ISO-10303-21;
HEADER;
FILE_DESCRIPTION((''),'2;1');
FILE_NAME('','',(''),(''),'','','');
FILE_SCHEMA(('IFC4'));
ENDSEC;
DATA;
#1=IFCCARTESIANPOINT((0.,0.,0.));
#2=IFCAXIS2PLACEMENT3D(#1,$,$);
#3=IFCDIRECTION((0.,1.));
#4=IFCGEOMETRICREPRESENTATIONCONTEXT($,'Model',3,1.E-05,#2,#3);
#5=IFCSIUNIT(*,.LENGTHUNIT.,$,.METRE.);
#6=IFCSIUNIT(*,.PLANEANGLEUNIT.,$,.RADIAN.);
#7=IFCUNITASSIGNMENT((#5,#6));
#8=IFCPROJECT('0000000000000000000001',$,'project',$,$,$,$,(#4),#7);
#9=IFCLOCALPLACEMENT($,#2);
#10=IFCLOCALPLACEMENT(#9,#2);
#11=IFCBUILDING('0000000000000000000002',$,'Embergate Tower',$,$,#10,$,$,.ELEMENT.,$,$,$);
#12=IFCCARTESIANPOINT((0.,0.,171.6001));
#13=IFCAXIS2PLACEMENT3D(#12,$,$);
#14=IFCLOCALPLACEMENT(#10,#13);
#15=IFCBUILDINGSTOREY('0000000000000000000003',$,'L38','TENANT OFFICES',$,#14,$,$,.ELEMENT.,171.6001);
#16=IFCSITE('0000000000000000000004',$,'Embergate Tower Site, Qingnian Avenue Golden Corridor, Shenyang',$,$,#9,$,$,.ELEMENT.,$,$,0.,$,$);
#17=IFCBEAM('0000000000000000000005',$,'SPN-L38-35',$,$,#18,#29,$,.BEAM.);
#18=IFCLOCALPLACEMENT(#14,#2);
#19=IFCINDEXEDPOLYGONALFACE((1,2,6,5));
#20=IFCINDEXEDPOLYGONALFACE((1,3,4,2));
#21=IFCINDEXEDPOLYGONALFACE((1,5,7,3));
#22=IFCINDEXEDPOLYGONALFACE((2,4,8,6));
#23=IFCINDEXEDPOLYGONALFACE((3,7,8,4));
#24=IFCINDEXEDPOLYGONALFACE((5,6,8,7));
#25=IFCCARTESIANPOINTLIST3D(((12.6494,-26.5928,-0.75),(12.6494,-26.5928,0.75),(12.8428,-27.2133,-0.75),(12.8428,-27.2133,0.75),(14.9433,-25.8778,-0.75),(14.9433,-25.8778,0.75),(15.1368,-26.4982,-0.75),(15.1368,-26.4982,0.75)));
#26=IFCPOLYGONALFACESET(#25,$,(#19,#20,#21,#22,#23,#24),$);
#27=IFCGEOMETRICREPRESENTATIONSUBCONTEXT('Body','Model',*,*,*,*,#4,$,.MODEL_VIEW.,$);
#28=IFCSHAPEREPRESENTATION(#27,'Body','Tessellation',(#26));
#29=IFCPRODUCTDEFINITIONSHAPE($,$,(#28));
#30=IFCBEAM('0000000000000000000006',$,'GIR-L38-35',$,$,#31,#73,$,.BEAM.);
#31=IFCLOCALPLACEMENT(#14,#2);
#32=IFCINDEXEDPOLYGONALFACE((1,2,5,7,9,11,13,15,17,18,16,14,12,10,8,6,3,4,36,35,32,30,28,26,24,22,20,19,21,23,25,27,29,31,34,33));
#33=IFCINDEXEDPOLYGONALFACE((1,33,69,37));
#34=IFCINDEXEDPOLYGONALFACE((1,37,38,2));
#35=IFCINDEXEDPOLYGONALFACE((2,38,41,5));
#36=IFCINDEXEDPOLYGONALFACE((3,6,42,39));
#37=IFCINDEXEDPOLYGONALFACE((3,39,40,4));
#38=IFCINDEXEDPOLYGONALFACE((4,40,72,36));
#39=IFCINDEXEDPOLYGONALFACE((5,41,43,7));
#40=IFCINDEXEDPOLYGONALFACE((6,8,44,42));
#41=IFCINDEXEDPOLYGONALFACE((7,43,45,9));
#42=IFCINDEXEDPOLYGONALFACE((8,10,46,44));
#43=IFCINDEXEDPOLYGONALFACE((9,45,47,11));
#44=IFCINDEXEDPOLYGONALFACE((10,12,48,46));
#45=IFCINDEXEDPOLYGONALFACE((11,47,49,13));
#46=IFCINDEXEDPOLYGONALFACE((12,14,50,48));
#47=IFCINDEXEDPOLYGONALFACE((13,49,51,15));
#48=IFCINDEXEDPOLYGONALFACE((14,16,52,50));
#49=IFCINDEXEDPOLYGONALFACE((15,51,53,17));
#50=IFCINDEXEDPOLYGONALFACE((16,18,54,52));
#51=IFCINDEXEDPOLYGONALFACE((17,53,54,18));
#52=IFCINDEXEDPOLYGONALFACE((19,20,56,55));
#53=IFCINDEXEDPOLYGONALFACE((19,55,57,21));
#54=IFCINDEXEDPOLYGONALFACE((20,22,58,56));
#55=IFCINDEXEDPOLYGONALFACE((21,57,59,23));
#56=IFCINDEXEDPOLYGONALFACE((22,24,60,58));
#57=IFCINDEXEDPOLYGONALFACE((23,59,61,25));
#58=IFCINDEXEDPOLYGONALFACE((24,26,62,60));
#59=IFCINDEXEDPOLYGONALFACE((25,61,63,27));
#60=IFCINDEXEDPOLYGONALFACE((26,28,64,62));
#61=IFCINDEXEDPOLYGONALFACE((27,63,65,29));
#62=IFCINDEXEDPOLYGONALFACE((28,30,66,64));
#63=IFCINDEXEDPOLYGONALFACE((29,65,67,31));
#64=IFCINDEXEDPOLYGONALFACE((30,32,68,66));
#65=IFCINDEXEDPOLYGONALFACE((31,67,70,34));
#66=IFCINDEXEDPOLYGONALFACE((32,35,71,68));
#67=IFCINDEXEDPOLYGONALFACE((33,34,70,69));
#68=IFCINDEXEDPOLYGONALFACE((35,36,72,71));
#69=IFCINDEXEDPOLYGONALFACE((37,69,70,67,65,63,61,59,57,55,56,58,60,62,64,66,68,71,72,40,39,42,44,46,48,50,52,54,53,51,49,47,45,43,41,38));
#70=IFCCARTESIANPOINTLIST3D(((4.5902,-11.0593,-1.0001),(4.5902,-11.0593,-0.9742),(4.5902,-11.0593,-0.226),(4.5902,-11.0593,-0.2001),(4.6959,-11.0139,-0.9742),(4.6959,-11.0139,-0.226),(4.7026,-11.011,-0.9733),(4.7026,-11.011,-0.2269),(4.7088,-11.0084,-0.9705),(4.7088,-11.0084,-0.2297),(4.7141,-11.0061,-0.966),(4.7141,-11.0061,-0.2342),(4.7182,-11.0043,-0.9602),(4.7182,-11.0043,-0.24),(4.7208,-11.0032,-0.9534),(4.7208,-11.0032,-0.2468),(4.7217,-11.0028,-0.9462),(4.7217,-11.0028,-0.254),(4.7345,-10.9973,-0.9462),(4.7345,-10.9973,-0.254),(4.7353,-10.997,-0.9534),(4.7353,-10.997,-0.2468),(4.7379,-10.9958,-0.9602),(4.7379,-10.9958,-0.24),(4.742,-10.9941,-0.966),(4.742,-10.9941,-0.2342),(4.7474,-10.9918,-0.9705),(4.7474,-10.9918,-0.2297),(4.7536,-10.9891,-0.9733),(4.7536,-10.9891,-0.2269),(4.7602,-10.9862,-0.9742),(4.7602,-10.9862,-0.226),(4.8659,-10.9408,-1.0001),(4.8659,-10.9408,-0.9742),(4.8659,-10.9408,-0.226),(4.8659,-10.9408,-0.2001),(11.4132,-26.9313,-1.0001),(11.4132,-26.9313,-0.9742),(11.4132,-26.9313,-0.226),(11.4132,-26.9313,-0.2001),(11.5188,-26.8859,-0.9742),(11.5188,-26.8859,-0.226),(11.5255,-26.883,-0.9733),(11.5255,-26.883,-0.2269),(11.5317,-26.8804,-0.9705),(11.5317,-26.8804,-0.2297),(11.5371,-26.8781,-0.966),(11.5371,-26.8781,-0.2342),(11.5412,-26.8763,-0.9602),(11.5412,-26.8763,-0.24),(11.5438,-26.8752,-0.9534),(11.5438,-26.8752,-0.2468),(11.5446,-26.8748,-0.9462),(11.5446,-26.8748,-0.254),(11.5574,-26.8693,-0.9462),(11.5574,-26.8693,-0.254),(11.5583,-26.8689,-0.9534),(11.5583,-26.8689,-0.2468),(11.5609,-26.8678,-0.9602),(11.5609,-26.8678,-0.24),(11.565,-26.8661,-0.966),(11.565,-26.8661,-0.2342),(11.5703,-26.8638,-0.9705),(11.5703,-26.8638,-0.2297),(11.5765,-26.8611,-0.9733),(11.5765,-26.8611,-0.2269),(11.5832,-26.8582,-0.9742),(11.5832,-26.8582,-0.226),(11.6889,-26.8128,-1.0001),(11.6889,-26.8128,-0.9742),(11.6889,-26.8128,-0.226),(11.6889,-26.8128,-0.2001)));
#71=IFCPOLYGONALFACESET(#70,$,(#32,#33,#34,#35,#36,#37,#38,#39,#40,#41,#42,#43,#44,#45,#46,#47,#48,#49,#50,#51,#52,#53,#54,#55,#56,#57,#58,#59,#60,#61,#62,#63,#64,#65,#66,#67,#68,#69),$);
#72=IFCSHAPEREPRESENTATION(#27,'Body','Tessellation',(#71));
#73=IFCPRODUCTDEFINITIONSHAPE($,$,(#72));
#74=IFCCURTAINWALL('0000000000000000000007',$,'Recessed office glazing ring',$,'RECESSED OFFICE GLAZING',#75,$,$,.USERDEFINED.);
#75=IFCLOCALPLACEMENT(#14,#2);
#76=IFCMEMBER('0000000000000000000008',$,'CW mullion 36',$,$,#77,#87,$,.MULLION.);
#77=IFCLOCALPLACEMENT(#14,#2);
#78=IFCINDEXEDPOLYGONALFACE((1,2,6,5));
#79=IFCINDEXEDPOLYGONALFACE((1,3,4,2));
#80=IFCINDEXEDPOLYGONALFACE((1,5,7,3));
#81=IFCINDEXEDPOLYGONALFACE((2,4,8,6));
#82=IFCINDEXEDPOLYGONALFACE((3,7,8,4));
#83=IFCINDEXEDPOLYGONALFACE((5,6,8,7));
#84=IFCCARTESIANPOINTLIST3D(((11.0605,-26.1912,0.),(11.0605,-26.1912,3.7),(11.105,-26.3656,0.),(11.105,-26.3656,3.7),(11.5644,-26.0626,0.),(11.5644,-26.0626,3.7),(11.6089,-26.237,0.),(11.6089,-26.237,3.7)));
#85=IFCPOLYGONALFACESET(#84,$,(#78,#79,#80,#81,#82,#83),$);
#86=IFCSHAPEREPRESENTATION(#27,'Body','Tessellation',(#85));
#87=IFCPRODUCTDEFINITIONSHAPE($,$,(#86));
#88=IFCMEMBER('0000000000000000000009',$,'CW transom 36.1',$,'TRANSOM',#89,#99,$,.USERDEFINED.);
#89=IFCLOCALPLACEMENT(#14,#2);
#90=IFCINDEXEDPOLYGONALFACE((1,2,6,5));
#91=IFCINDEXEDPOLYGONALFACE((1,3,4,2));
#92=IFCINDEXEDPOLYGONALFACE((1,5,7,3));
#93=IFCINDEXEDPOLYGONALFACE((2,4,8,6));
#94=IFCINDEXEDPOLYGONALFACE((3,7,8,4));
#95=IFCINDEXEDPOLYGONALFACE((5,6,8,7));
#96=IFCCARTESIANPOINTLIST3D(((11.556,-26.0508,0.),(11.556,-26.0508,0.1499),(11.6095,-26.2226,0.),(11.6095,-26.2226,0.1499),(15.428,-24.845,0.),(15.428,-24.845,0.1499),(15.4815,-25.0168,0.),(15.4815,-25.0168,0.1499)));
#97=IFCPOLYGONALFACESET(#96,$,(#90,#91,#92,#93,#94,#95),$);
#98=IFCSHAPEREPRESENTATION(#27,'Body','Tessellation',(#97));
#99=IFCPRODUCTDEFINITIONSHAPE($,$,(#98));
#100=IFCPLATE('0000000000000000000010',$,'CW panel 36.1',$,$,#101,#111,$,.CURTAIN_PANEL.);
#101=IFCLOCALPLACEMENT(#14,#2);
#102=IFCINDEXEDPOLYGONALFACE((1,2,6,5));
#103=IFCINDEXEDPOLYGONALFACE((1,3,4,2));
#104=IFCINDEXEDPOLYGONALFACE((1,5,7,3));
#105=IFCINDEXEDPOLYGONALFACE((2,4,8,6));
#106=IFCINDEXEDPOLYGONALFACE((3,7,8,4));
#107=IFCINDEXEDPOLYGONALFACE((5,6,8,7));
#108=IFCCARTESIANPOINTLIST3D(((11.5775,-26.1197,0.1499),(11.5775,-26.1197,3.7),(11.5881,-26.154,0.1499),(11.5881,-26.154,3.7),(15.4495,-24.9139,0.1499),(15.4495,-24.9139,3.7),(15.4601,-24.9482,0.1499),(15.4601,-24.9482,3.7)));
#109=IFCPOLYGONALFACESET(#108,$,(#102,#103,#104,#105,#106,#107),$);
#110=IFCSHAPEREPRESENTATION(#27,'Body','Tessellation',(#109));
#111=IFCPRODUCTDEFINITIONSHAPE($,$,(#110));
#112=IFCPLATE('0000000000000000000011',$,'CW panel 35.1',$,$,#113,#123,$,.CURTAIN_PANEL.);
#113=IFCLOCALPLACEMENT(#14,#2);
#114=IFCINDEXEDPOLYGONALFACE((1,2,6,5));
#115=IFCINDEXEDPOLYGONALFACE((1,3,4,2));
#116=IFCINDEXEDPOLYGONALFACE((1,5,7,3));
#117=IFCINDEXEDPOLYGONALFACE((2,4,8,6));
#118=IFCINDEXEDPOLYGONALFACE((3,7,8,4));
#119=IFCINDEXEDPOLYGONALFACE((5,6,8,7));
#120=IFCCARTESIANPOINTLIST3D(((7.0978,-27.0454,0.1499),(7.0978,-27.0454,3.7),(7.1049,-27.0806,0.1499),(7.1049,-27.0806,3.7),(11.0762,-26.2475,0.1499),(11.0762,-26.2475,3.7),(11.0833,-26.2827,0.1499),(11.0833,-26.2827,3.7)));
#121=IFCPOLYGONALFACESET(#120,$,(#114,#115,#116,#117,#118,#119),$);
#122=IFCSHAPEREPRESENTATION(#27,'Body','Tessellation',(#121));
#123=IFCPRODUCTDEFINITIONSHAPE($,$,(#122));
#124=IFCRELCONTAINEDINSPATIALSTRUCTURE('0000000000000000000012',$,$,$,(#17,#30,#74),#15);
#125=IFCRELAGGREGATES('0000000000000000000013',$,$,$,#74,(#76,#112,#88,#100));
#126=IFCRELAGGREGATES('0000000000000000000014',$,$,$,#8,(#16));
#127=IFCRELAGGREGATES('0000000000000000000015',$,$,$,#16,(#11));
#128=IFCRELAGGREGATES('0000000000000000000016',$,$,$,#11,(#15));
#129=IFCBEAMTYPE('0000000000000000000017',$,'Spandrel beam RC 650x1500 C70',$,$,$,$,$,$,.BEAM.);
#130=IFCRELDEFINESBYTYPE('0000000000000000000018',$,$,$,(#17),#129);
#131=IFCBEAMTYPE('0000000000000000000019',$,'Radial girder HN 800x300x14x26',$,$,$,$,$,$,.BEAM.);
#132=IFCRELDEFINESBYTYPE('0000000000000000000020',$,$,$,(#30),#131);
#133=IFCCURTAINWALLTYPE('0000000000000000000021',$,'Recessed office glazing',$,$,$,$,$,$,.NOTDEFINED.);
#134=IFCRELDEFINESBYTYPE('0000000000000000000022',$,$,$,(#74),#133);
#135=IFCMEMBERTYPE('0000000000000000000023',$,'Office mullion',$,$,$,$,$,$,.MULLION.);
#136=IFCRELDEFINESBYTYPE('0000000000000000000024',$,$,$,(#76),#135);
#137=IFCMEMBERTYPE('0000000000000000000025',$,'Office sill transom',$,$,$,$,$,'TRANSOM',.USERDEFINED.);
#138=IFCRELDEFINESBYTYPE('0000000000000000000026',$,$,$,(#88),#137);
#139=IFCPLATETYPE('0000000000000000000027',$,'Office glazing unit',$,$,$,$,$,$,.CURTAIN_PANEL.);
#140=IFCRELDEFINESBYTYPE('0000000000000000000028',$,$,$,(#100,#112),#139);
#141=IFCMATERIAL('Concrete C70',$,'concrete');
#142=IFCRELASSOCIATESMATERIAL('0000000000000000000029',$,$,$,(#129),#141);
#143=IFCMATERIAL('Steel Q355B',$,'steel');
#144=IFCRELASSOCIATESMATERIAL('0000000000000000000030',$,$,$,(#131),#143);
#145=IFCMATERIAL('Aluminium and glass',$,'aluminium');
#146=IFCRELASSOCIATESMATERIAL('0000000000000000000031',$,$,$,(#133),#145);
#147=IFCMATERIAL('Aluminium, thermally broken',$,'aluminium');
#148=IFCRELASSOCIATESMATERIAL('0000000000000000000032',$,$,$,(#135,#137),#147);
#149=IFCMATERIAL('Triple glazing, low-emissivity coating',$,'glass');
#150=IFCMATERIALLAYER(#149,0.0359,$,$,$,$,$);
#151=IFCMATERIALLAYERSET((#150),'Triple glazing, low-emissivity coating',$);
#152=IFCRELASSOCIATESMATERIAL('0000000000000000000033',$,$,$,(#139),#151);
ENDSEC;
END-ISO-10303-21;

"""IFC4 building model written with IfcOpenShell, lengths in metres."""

from ifc_helpers import new_model, si_unit, direction, frame, origin, origin_2d, place, context, subcontext, project, spatial, rectangle, i_section, extrude, source, transform, mapped, material, layer, layer_set, material_profile, profile_set, type_object, element, aggregate, save


model = new_model("IFC4")

# Units and contexts
model_context = context("Model", 3, precision=1e-05, world=origin(), true_north=direction((0.0, 1.0)))
body_context = subcontext(model_context, "Body", "Model", "MODEL_VIEW")
ifc_project = project(units=[si_unit("LENGTHUNIT", "METRE"), si_unit("PLANEANGLEUNIT", "RADIAN")], contexts=[model_context])

# Site, building, storey
site_placement = place(None, origin())
site = spatial("IfcSite", under=ifc_project, at=site_placement, Name="Embergate Tower Site, Qingnian Avenue Golden Corridor, Shenyang", CompositionType="ELEMENT", RefElevation=0.0)
building_placement = place(site_placement, origin())
building = spatial("IfcBuilding", under=site, at=building_placement, Name="Embergate Tower", CompositionType="ELEMENT")
storey_placement = place(building_placement, frame((0.0, 0.0, 171.6001)))
storey = spatial("IfcBuildingStorey", under=building, at=storey_placement, Name="L38", Description="TENANT OFFICES", CompositionType="ELEMENT", Elevation=171.6001)

# Beams
ifc_material_1 = material(Name="Concrete C70", Category="concrete")
ifc_material_profile_1 = material_profile(ifc_material_1, rectangle(XDim=0.6499, YDim=1.5, at=origin_2d()), Name="RC 650x1500")
ifc_profile_set_1 = profile_set([ifc_material_profile_1], Name="Concrete C70")
beam_type_1 = type_object("IfcBeamType", Name="Spandrel beam RC 650x1500 C70", PredefinedType="BEAM", material=ifc_profile_set_1)
shared_shape_1 = source(origin(), body_context, "Body", "SweptSolid", [
    extrude(rectangle(XDim=0.6499, YDim=1.5, at=origin_2d()), origin(), (0.0, 0.0, 1.0), 2.4028),
])
beam_1_placement = place(storey_placement, frame((12.7461, -26.9031, 0.0), z_axis=(0.954689, 0.297604, 0.0), x_axis=(-0.297604, 0.954689, 0.0)))
element("IfcBeam", 1, at=beam_1_placement, inside=storey, type_object=beam_type_1, Name="SPN-L38-35", PredefinedType="BEAM", context=body_context, shape_type="MappedRepresentation", body=[
    mapped(shared_shape_1, transform((0.0, 0.0, 0.0))),
])
ifc_material_2 = material(Name="Steel Q355B", Category="steel")
ifc_material_profile_2 = material_profile(ifc_material_2, i_section(OverallWidth=0.3, OverallDepth=0.8, WebThickness=0.0139, FlangeThickness=0.0259, FilletRadius=0.0281, at=origin_2d()), Name="HN 800x300x14x26")
ifc_profile_set_2 = profile_set([ifc_material_profile_2], Name="Steel Q355 grade B")
beam_type_2 = type_object("IfcBeamType", Name="Radial girder HN 800x300x14x26", PredefinedType="BEAM", material=ifc_profile_set_2)
shared_shape_2 = source(origin(), body_context, "Body", "SweptSolid", [
    extrude(i_section(OverallWidth=0.3, OverallDepth=0.8, WebThickness=0.0139, FlangeThickness=0.0259, FilletRadius=0.0281, at=origin_2d()), origin(), (0.0, 0.0, 1.0), 17.2764),
])
beam_2_placement = place(storey_placement, frame((11.551, -26.8721, -0.6001), z_axis=(-0.39493, 0.918711, 0.0), x_axis=(-0.918711, -0.39493, 0.0)))
element("IfcBeam", 2, at=beam_2_placement, inside=storey, type_object=beam_type_2, Name="GIR-L38-35", PredefinedType="BEAM", context=body_context, shape_type="MappedRepresentation", body=[
    mapped(shared_shape_2, transform((0.0, 0.0, 0.0))),
])

# Curtain wall, members, plates
ifc_material_3 = material(Name="Aluminium and glass", Category="aluminium")
curtain_wall_type = type_object("IfcCurtainWallType", Name="Recessed office glazing", PredefinedType="NOTDEFINED", material=ifc_material_3)
curtain_wall_placement = place(storey_placement, origin())
curtain_wall = element("IfcCurtainWall", 3, at=curtain_wall_placement, inside=storey, type_object=curtain_wall_type, Name="Recessed office glazing ring", ObjectType="RECESSED OFFICE GLAZING", PredefinedType="USERDEFINED")
ifc_material_4 = material(Name="Aluminium, thermally broken", Category="aluminium")
ifc_material_profile_3 = material_profile(ifc_material_4, rectangle(XDim=0.1799, YDim=0.52, at=origin_2d()), Name="AL 520x180")
ifc_profile_set_3 = profile_set([ifc_material_profile_3], Name="Aluminium, thermally broken")
member_type_1 = type_object("IfcMemberType", Name="Office mullion", PredefinedType="MULLION", material=ifc_profile_set_3)
shared_shape_3 = source(origin(), body_context, "Body", "SweptSolid", [
    extrude(rectangle(XDim=0.1799, YDim=0.52, at=origin_2d()), origin(), (0.0, 0.0, 1.0), 3.7),
])
member_1_placement = place(storey_placement, frame((11.3347, -26.2141, 0.0), z_axis=(0.0, 0.0, 1.0), x_axis=(-0.247308, 0.968937, 0.0)))
member_1 = element("IfcMember", 4, at=member_1_placement, type_object=member_type_1, Name="CW mullion 36", PredefinedType="MULLION", context=body_context, shape_type="MappedRepresentation", body=[
    mapped(shared_shape_3, transform((0.0, 0.0, 0.0))),
])
ifc_material_profile_4 = material_profile(ifc_material_4, rectangle(XDim=0.1799, YDim=0.1499, at=origin_2d()), Name="AL 150x180")
ifc_profile_set_4 = profile_set([ifc_material_profile_4], Name="Aluminium, thermally broken")
member_type_2 = type_object("IfcMemberType", Name="Office sill transom", ElementType="TRANSOM", PredefinedType="USERDEFINED", material=ifc_profile_set_4)
shared_shape_4 = source(origin(), body_context, "Body", "SweptSolid", [
    extrude(rectangle(XDim=0.1799, YDim=0.1499, at=origin_2d()), origin(), (0.0, 0.0, 1.0), 4.0554),
])
member_2_placement = place(storey_placement, frame((11.5828, -26.1367, 0.075), z_axis=(0.954775, 0.297329, 0.0), x_axis=(-0.297329, 0.954775, 0.0)))
member_2 = element("IfcMember", 5, at=member_2_placement, type_object=member_type_2, Name="CW transom 36.1", ObjectType="TRANSOM", PredefinedType="USERDEFINED", context=body_context, shape_type="MappedRepresentation", body=[
    mapped(shared_shape_4, transform((0.0, 0.0, 0.0))),
])
ifc_material_5 = material(Name="Triple glazing, low-emissivity coating", Category="glass")
ifc_layer_1 = layer(ifc_material_5, 0.0359)
ifc_layer_set_1 = layer_set([ifc_layer_1], Name="Triple glazing, low-emissivity coating")
plate_type = type_object("IfcPlateType", Name="Office glazing unit", PredefinedType="CURTAIN_PANEL", material=ifc_layer_set_1)
shared_shape_5 = source(origin(), body_context, "Body", "SweptSolid", [
    extrude(rectangle(XDim=4.0554, YDim=0.0359, at=origin_2d()), origin(), (0.0, 0.0, 1.0), 3.55),
])
plate_1_placement = place(storey_placement, frame((13.5188, -25.5339, 0.1499), z_axis=(0.0, 0.0, 1.0), x_axis=(0.954773, 0.297335, 0.0)))
plate_1 = element("IfcPlate", 6, at=plate_1_placement, type_object=plate_type, Name="CW panel 36.1", PredefinedType="CURTAIN_PANEL", context=body_context, shape_type="MappedRepresentation", body=[
    mapped(shared_shape_5, transform((0.0, 0.0, 0.0))),
])
shared_shape_6 = source(origin(), body_context, "Body", "SweptSolid", [
    extrude(rectangle(XDim=4.0576, YDim=0.0359, at=origin_2d()), origin(), (0.0, 0.0, 1.0), 3.55),
])
plate_2_placement = place(storey_placement, frame((9.0906, -26.6641, 0.1499), z_axis=(0.0, 0.0, 1.0), x_axis=(0.980476, 0.196638, 0.0)))
plate_2 = element("IfcPlate", 7, at=plate_2_placement, type_object=plate_type, Name="CW panel 35.1", PredefinedType="CURTAIN_PANEL", context=body_context, shape_type="MappedRepresentation", body=[
    mapped(shared_shape_6, transform((0.0, 0.0, 0.0))),
])
aggregate(curtain_wall, [member_1, plate_2, member_2, plate_1])

save(model, "model.ifc")
